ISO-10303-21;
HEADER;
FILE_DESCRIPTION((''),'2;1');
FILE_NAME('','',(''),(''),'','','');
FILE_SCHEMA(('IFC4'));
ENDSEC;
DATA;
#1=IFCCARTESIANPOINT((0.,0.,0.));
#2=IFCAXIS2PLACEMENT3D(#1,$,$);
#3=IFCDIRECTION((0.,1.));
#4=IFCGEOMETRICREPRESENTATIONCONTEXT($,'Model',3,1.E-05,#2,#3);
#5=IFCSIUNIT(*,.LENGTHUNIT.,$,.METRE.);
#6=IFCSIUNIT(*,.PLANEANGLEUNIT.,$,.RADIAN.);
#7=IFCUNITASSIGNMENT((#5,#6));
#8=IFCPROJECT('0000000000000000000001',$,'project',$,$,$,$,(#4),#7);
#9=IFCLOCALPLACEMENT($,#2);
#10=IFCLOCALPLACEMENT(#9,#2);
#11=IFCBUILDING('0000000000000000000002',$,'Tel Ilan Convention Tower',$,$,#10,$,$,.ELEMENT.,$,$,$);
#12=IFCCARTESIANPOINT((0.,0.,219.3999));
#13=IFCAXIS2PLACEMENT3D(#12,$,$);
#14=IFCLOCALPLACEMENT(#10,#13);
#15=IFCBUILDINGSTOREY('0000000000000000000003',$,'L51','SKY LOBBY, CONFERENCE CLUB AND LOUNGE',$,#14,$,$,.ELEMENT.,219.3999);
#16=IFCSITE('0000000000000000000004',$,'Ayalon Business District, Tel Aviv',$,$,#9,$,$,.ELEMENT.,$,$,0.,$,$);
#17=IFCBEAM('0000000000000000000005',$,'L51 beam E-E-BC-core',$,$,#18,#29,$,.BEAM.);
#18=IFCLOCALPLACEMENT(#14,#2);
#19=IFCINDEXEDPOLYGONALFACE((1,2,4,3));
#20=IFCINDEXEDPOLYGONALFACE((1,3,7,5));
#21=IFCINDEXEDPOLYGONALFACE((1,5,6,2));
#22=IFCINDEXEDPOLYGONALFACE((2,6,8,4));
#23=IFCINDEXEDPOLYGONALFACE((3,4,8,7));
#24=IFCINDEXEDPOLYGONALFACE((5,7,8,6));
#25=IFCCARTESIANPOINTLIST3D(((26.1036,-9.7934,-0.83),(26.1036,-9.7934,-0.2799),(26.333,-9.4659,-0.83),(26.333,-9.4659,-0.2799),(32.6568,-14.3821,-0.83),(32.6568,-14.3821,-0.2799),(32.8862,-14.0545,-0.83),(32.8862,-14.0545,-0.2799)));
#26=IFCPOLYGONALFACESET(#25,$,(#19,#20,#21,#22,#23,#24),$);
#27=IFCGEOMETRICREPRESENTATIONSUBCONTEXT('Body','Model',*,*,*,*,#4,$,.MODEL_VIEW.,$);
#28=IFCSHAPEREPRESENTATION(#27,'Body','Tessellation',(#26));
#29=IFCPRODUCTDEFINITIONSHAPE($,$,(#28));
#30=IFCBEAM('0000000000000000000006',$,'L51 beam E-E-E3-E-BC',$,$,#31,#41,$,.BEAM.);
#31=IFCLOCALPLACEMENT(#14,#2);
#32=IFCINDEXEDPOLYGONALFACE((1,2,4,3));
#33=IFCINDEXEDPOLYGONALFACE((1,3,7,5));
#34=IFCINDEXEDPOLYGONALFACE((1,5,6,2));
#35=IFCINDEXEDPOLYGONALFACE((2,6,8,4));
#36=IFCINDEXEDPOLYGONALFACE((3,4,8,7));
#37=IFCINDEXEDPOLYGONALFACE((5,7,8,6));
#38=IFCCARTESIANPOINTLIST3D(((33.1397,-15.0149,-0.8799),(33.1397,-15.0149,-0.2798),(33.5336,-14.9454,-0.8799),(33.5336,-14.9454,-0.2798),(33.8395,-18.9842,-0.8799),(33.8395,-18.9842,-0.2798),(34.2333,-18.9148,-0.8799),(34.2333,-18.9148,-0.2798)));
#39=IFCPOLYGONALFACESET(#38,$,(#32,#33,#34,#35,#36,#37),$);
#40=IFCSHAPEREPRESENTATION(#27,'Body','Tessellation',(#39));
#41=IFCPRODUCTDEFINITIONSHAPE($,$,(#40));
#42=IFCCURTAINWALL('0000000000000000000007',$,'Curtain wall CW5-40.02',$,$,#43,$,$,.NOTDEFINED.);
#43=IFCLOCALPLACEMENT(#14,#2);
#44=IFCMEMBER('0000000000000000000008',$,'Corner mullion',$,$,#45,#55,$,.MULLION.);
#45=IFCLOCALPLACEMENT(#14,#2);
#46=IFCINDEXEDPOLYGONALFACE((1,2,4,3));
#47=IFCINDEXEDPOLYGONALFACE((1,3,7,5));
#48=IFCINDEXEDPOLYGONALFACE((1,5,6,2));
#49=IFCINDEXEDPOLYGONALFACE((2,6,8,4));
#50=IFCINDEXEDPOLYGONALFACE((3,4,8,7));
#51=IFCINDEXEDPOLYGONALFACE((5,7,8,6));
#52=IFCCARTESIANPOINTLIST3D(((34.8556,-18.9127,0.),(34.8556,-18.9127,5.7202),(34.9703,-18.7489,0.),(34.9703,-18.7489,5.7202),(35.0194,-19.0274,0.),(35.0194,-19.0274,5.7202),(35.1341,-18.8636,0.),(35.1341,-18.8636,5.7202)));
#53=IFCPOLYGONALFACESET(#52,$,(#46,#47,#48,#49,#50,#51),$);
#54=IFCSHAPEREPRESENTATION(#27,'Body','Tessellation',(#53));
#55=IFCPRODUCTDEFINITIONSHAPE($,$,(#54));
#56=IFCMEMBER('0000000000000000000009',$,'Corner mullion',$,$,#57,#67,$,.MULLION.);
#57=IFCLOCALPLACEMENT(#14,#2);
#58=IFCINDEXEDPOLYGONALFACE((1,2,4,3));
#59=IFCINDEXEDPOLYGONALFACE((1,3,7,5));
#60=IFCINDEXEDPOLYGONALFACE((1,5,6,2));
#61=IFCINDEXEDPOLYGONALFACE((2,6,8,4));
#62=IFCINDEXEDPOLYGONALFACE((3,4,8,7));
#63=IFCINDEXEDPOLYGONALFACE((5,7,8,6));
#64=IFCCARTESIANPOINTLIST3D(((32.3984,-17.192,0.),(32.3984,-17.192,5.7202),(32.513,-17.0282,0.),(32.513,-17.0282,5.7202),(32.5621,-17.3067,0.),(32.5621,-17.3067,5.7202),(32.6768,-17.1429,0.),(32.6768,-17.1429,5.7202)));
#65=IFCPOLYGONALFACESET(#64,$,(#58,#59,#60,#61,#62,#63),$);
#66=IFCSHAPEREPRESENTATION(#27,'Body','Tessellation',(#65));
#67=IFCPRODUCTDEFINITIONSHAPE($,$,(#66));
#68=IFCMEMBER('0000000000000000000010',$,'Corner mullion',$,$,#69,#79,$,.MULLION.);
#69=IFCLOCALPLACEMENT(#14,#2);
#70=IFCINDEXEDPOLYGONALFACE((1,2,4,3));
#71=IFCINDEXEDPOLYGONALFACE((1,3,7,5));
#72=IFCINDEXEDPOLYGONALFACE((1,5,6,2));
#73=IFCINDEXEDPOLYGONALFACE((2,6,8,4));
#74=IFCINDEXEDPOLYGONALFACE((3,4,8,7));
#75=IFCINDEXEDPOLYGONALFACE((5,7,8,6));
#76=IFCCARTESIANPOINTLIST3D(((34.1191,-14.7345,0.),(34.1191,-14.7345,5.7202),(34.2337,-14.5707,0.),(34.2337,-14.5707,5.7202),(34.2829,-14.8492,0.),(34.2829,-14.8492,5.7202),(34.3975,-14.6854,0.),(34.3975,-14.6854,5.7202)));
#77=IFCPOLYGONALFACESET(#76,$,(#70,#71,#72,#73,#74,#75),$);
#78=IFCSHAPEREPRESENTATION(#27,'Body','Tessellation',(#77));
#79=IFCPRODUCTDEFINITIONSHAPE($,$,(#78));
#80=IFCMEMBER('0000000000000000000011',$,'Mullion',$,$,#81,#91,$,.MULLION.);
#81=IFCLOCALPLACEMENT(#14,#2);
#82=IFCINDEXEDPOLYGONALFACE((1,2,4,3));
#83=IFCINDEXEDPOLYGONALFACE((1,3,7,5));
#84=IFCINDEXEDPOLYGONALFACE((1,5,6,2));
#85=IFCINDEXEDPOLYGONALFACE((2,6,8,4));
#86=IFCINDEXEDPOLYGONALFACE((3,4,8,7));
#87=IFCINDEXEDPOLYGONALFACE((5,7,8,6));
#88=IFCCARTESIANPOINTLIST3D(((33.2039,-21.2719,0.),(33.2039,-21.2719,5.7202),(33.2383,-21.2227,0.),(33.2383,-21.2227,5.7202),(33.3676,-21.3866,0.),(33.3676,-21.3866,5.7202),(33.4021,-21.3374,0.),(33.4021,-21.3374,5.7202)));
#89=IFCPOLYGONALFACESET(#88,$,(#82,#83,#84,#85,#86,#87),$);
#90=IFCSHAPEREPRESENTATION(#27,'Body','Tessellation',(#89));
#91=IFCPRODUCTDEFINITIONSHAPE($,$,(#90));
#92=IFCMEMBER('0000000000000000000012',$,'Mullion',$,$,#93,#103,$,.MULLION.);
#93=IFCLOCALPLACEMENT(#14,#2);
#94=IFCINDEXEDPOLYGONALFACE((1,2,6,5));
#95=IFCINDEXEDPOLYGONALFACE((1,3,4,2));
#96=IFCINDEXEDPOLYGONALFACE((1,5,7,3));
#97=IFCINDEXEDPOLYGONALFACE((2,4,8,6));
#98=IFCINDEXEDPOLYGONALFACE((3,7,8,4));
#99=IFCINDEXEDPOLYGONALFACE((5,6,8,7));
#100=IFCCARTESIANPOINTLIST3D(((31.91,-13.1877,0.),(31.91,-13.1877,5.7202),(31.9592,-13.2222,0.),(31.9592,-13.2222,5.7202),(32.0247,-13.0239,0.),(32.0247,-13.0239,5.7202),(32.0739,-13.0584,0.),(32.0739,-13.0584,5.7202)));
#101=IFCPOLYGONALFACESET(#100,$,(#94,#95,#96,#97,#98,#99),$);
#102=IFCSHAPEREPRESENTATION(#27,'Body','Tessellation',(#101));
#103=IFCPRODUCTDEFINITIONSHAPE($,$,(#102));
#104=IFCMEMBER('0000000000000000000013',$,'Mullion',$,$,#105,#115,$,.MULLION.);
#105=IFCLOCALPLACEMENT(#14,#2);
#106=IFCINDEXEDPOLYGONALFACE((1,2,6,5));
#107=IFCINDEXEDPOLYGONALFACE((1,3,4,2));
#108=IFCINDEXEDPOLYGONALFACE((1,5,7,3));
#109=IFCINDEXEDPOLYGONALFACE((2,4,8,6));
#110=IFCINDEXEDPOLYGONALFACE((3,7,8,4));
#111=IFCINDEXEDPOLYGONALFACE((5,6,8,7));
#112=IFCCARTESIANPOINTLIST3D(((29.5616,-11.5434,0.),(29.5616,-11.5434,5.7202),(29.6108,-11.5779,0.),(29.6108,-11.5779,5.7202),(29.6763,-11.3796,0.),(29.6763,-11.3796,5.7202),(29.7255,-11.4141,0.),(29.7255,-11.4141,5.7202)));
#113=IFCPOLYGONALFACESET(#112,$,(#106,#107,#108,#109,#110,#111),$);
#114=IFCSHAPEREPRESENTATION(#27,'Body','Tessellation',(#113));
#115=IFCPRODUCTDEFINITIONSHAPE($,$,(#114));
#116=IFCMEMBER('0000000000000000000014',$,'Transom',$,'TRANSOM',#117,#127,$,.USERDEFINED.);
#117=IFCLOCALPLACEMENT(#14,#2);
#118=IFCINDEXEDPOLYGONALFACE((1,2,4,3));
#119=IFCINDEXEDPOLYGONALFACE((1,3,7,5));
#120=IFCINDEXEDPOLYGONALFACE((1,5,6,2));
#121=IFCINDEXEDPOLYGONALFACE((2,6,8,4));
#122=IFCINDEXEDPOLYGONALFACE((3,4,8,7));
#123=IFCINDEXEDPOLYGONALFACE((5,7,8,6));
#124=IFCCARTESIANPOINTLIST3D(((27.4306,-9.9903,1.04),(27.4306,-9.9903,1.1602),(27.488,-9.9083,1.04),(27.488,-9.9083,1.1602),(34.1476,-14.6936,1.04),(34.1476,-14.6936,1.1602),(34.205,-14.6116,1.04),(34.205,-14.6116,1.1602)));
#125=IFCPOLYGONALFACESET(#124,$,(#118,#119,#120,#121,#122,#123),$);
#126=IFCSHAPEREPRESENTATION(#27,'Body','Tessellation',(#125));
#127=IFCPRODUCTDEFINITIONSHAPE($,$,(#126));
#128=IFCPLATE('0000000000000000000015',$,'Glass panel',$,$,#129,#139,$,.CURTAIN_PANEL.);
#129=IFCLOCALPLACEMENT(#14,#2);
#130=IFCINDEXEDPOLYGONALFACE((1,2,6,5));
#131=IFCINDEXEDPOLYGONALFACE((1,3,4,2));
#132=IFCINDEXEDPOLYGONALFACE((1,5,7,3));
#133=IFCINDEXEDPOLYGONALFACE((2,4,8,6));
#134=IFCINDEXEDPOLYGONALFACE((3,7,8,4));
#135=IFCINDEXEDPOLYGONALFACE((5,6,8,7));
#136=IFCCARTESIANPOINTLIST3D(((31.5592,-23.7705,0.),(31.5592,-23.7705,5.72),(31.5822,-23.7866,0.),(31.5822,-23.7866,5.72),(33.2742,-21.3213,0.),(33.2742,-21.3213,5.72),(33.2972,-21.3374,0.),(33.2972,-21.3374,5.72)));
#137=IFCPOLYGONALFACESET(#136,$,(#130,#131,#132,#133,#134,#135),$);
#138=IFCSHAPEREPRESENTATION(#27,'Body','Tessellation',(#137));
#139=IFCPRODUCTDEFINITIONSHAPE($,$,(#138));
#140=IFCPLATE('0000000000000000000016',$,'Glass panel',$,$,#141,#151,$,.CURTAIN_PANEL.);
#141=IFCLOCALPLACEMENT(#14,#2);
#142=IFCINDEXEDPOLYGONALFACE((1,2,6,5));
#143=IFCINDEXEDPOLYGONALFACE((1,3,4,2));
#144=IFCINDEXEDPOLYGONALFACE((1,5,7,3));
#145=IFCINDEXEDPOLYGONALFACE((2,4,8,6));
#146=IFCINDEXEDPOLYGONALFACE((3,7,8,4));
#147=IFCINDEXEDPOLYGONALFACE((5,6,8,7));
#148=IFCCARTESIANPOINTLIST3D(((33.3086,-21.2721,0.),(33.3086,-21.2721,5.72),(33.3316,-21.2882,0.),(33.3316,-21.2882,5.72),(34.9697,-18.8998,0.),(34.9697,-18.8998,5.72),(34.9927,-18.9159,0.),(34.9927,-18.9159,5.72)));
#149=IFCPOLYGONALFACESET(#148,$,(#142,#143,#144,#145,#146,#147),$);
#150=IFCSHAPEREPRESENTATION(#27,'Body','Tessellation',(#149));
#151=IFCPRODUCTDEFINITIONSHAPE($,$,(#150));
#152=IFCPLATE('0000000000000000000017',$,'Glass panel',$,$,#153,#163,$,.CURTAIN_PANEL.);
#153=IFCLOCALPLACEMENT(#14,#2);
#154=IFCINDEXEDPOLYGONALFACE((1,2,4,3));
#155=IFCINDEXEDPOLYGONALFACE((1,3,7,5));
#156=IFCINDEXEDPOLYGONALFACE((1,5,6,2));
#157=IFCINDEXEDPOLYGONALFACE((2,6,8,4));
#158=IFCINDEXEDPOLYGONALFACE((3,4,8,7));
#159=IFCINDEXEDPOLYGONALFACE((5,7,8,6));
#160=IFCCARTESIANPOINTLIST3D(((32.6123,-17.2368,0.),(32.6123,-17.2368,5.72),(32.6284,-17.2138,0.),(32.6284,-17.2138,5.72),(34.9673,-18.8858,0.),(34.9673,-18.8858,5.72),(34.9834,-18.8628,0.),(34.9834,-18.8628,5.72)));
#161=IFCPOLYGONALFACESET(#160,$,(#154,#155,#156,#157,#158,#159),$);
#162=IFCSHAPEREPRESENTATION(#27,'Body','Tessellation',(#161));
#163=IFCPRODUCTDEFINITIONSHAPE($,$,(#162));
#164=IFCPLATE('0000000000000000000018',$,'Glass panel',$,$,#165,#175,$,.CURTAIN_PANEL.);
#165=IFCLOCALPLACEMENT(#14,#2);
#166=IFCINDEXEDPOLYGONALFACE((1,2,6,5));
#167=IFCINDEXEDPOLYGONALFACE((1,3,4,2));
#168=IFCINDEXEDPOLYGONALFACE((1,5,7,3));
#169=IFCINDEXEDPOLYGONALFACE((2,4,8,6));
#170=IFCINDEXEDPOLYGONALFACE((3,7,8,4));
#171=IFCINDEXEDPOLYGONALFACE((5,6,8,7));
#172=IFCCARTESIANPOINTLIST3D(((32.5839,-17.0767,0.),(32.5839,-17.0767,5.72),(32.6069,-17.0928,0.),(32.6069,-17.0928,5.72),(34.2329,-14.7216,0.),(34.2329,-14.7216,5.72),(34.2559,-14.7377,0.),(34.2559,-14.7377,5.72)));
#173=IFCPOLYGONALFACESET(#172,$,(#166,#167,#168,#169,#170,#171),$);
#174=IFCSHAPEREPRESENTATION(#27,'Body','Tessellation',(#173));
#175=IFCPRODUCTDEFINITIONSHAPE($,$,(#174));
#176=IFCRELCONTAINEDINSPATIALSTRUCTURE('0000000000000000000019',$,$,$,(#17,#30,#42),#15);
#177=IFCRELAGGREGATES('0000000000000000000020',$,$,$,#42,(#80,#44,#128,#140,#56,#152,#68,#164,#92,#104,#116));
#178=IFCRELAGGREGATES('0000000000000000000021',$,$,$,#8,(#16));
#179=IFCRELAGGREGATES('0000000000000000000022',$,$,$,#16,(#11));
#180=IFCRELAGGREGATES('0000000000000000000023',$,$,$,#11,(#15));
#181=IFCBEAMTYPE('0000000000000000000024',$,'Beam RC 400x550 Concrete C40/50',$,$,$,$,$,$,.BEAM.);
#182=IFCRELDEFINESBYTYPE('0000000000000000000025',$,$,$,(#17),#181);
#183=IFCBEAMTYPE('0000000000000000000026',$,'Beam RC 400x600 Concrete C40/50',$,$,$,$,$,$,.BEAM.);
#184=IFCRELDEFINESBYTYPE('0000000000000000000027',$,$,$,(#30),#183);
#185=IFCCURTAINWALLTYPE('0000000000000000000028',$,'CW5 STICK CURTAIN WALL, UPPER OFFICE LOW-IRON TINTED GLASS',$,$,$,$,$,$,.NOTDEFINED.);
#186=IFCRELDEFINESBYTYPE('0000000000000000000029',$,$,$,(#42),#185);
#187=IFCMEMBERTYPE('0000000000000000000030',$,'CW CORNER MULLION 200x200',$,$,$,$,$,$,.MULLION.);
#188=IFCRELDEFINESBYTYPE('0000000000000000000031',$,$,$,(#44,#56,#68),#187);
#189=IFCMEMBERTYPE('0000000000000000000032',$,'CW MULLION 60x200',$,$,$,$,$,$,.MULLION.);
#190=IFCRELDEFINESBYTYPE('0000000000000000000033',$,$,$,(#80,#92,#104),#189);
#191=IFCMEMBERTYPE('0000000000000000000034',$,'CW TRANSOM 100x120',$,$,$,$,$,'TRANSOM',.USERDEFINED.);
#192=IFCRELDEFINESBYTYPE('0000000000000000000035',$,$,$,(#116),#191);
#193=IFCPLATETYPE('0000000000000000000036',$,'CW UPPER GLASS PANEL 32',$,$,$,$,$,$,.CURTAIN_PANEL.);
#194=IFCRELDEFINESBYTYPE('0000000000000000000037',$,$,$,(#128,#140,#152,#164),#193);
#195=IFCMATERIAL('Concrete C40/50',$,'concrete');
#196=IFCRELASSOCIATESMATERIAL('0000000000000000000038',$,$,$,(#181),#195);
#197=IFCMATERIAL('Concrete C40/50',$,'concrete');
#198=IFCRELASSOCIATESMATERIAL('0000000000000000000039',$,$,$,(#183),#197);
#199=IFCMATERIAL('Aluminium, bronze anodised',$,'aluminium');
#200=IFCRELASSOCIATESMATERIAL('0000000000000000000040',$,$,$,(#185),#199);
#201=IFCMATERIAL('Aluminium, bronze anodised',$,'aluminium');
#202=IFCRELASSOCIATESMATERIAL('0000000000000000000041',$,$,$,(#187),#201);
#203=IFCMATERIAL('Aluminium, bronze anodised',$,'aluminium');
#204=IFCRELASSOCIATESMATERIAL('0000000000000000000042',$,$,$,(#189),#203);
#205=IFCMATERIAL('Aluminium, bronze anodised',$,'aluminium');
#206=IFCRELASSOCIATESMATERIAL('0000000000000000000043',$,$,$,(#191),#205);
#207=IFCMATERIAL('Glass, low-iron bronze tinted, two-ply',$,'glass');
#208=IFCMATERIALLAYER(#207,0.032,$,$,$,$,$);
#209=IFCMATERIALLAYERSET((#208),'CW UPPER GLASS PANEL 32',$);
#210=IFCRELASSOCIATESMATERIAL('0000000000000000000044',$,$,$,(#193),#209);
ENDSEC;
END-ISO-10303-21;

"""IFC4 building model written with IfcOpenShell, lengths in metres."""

from ifc_helpers import new_model, si_unit, direction, frame, origin, origin_2d, place, context, subcontext, project, spatial, rectangle, extrude, material, layer, layer_set, material_profile, profile_set, type_object, element, aggregate, save


model = new_model("IFC4")

# Units and contexts
model_context = context("Model", 3, precision=1e-05, world=origin(), true_north=direction((0.0, 1.0)))
body_context = subcontext(model_context, "Body", "Model", "MODEL_VIEW")
ifc_project = project(units=[si_unit("LENGTHUNIT", "METRE"), si_unit("PLANEANGLEUNIT", "RADIAN")], contexts=[model_context])

# Site, building, storey
site_placement = place(None, origin())
site = spatial("IfcSite", under=ifc_project, at=site_placement, Name="Ayalon Business District, Tel Aviv", CompositionType="ELEMENT", RefElevation=0.0)
building_placement = place(site_placement, origin())
building = spatial("IfcBuilding", under=site, at=building_placement, Name="Tel Ilan Convention Tower", CompositionType="ELEMENT")
storey_placement = place(building_placement, frame((0.0, 0.0, 219.3999)))
storey = spatial("IfcBuildingStorey", under=building, at=storey_placement, Name="L51", Description="SKY LOBBY, CONFERENCE CLUB AND LOUNGE", CompositionType="ELEMENT", Elevation=219.3999)

# Beams
ifc_material_1 = material(Name="Concrete C40/50", Category="concrete")
ifc_material_profile_1 = material_profile(ifc_material_1, rectangle(XDim=0.3999, YDim=0.55, at=origin_2d()), Name="RC 400x550")
ifc_profile_set_1 = profile_set([ifc_material_profile_1], Name="Concrete C40/50")
beam_type_1 = type_object("IfcBeamType", Name="Beam RC 400x550 Concrete C40/50", PredefinedType="BEAM", material=ifc_profile_set_1)
beam_1_placement = place(storey_placement, frame((32.7715, -14.2183, -0.5549), z_axis=(-0.819152, 0.573577, 0.0), x_axis=(-0.573577, -0.819152, 0.0)))
element("IfcBeam", 1, at=beam_1_placement, inside=storey, type_object=beam_type_1, Name="L51 beam E-E-BC-core", PredefinedType="BEAM", context=body_context, shape_type="SweptSolid", body=[
    extrude(rectangle(XDim=0.3999, YDim=0.55, at=origin_2d()), origin(), (0.0, 0.0, 1.0), 8.0),
])
ifc_material_2 = material(Name="Concrete C40/50", Category="concrete")
ifc_material_profile_2 = material_profile(ifc_material_2, rectangle(XDim=0.3999, YDim=0.6001, at=origin_2d()), Name="RC 400x600")
ifc_profile_set_2 = profile_set([ifc_material_profile_2], Name="Concrete C40/50")
beam_type_2 = type_object("IfcBeamType", Name="Beam RC 400x600 Concrete C40/50", PredefinedType="BEAM", material=ifc_profile_set_2)
beam_2_placement = place(storey_placement, frame((34.0364, -18.9495, -0.5798), z_axis=(-0.173606, 0.984815, 0.0), x_axis=(-0.984815, -0.173606, 0.0)))
element("IfcBeam", 2, at=beam_2_placement, inside=storey, type_object=beam_type_2, Name="L51 beam E-E-E3-E-BC", PredefinedType="BEAM", context=body_context, shape_type="SweptSolid", body=[
    extrude(rectangle(XDim=0.3999, YDim=0.6001, at=origin_2d()), origin(), (0.0, 0.0, 1.0), 4.0305),
])

# Curtain wall, members, plates
ifc_material_3 = material(Name="Aluminium, bronze anodised", Category="aluminium")
curtain_wall_type = type_object("IfcCurtainWallType", Name="CW5 STICK CURTAIN WALL, UPPER OFFICE LOW-IRON TINTED GLASS", PredefinedType="NOTDEFINED", material=ifc_material_3)
curtain_wall_placement = place(storey_placement, origin())
curtain_wall = element("IfcCurtainWall", 3, at=curtain_wall_placement, inside=storey, type_object=curtain_wall_type, Name="Curtain wall CW5-40.02", PredefinedType="NOTDEFINED")
ifc_material_4 = material(Name="Aluminium, bronze anodised", Category="aluminium")
ifc_material_profile_3 = material_profile(ifc_material_4, rectangle(XDim=0.2, YDim=0.2, at=origin_2d()), Name="CW CORNER MULLION 200x200")
ifc_profile_set_3 = profile_set([ifc_material_profile_3], Name="Aluminium, bronze anodised")
member_type_1 = type_object("IfcMemberType", Name="CW CORNER MULLION 200x200", PredefinedType="MULLION", material=ifc_profile_set_3)
member_1_placement = place(storey_placement, frame((34.9949, -18.8882, 0.0), z_axis=(0.0, 0.0, 1.0), x_axis=(0.573576, 0.819152, 0.0)))
member_1 = element("IfcMember", 4, at=member_1_placement, type_object=member_type_1, Name="Corner mullion", PredefinedType="MULLION", context=body_context, shape_type="SweptSolid", body=[
    extrude(rectangle(XDim=0.2, YDim=0.2, at=origin_2d()), origin(), (0.0, 0.0, 1.0), 5.7202),
])
member_2_placement = place(storey_placement, frame((32.5376, -17.1675, 0.0), z_axis=(0.0, 0.0, 1.0), x_axis=(-0.819152, 0.573576, 0.0)))
member_2 = element("IfcMember", 5, at=member_2_placement, type_object=member_type_1, Name="Corner mullion", PredefinedType="MULLION", context=body_context, shape_type="SweptSolid", body=[
    extrude(rectangle(XDim=0.2, YDim=0.2, at=origin_2d()), origin(), (0.0, 0.0, 1.0), 5.7202),
])
member_3_placement = place(storey_placement, frame((34.2583, -14.71, 0.0), z_axis=(0.0, 0.0, 1.0), x_axis=(0.573576, 0.819152, 0.0)))
member_3 = element("IfcMember", 6, at=member_3_placement, type_object=member_type_1, Name="Corner mullion", PredefinedType="MULLION", context=body_context, shape_type="SweptSolid", body=[
    extrude(rectangle(XDim=0.2, YDim=0.2, at=origin_2d()), origin(), (0.0, 0.0, 1.0), 5.7202),
])
ifc_material_5 = material(Name="Aluminium, bronze anodised", Category="aluminium")
ifc_material_profile_4 = material_profile(ifc_material_5, rectangle(XDim=0.0601, YDim=0.2, at=origin_2d()), Name="CW MULLION 60x200")
ifc_profile_set_4 = profile_set([ifc_material_profile_4], Name="Aluminium, bronze anodised")
member_type_2 = type_object("IfcMemberType", Name="CW MULLION 60x200", PredefinedType="MULLION", material=ifc_profile_set_4)
member_4_placement = place(storey_placement, frame((33.303, -21.3047, 0.0), z_axis=(0.0, 0.0, 1.0), x_axis=(0.573576, 0.819152, 0.0)))
member_4 = element("IfcMember", 7, at=member_4_placement, type_object=member_type_2, Name="Mullion", PredefinedType="MULLION", context=body_context, shape_type="SweptSolid", body=[
    extrude(rectangle(XDim=0.0601, YDim=0.2, at=origin_2d()), origin(), (0.0, 0.0, 1.0), 5.7202),
])
member_5_placement = place(storey_placement, frame((31.9919, -13.123, 0.0), z_axis=(0.0, 0.0, 1.0), x_axis=(-0.819152, 0.573576, 0.0)))
member_5 = element("IfcMember", 8, at=member_5_placement, type_object=member_type_2, Name="Mullion", PredefinedType="MULLION", context=body_context, shape_type="SweptSolid", body=[
    extrude(rectangle(XDim=0.0601, YDim=0.2, at=origin_2d()), origin(), (0.0, 0.0, 1.0), 5.7202),
])
member_6_placement = place(storey_placement, frame((29.6436, -11.4788, 0.0), z_axis=(0.0, 0.0, 1.0), x_axis=(-0.819152, 0.573576, 0.0)))
member_6 = element("IfcMember", 9, at=member_6_placement, type_object=member_type_2, Name="Mullion", PredefinedType="MULLION", context=body_context, shape_type="SweptSolid", body=[
    extrude(rectangle(XDim=0.0601, YDim=0.2, at=origin_2d()), origin(), (0.0, 0.0, 1.0), 5.7202),
])
ifc_material_6 = material(Name="Aluminium, bronze anodised", Category="aluminium")
ifc_material_profile_5 = material_profile(ifc_material_6, rectangle(XDim=0.1001, YDim=0.1201, at=origin_2d()), Name="CW TRANSOM 100x120")
ifc_profile_set_5 = profile_set([ifc_material_profile_5], Name="Aluminium, bronze anodised")
member_type_3 = type_object("IfcMemberType", Name="CW TRANSOM 100x120", ElementType="TRANSOM", PredefinedType="USERDEFINED", material=ifc_profile_set_5)
member_7_placement = place(storey_placement, frame((34.1763, -14.6526, 1.1001), z_axis=(-0.819149, 0.57358, 0.0), x_axis=(-0.57358, -0.819149, 0.0)))
member_7 = element("IfcMember", 10, at=member_7_placement, type_object=member_type_3, Name="Transom", ObjectType="TRANSOM", PredefinedType="USERDEFINED", context=body_context, shape_type="SweptSolid", body=[
    extrude(rectangle(XDim=0.1001, YDim=0.1201, at=origin_2d()), origin(), (0.0, 0.0, 1.0), 8.2),
])
ifc_material_7 = material(Name="Glass, low-iron bronze tinted, two-ply", Category="glass")
ifc_layer_1 = layer(ifc_material_7, 0.032)
ifc_layer_set_1 = layer_set([ifc_layer_1], Name="CW UPPER GLASS PANEL 32")
plate_type = type_object("IfcPlateType", Name="CW UPPER GLASS PANEL 32", PredefinedType="CURTAIN_PANEL", material=ifc_layer_set_1)
plate_1_placement = place(storey_placement, frame((32.4282, -22.554, 0.0), z_axis=(0.0, 0.0, 1.0), x_axis=(0.573576, 0.819152, 0.0)))
plate_1 = element("IfcPlate", 11, at=plate_1_placement, type_object=plate_type, Name="Glass panel", PredefinedType="CURTAIN_PANEL", context=body_context, shape_type="SweptSolid", body=[
    extrude(rectangle(XDim=2.99, YDim=0.0281, at=origin_2d()), origin(), (0.0, 0.0, 1.0), 5.72),
])
plate_2_placement = place(storey_placement, frame((34.1506, -20.094, 0.0), z_axis=(0.0, 0.0, 1.0), x_axis=(0.573576, 0.819152, 0.0)))
plate_2 = element("IfcPlate", 12, at=plate_2_placement, type_object=plate_type, Name="Glass panel", PredefinedType="CURTAIN_PANEL", context=body_context, shape_type="SweptSolid", body=[
    extrude(rectangle(XDim=2.896, YDim=0.0281, at=origin_2d()), origin(), (0.0, 0.0, 1.0), 5.72),
])
plate_3_placement = place(storey_placement, frame((33.7979, -18.0498, 0.0), z_axis=(0.0, 0.0, 1.0), x_axis=(-0.819152, 0.573576, 0.0)))
plate_3 = element("IfcPlate", 13, at=plate_3_placement, type_object=plate_type, Name="Glass panel", PredefinedType="CURTAIN_PANEL", context=body_context, shape_type="SweptSolid", body=[
    extrude(rectangle(XDim=2.875, YDim=0.0281, at=origin_2d()), origin(), (0.0, 0.0, 1.0), 5.72),
])
plate_4_placement = place(storey_placement, frame((33.4199, -15.9072, 0.0), z_axis=(0.0, 0.0, 1.0), x_axis=(0.573576, 0.819152, 0.0)))
plate_4 = element("IfcPlate", 14, at=plate_4_placement, type_object=plate_type, Name="Glass panel", PredefinedType="CURTAIN_PANEL", context=body_context, shape_type="SweptSolid", body=[
    extrude(rectangle(XDim=2.875, YDim=0.0281, at=origin_2d()), origin(), (0.0, 0.0, 1.0), 5.72),
])
aggregate(curtain_wall, [member_4, member_1, plate_1, plate_2, member_2, plate_3, member_3, plate_4, member_5, member_6, member_7])

save(model, "model.ifc")
